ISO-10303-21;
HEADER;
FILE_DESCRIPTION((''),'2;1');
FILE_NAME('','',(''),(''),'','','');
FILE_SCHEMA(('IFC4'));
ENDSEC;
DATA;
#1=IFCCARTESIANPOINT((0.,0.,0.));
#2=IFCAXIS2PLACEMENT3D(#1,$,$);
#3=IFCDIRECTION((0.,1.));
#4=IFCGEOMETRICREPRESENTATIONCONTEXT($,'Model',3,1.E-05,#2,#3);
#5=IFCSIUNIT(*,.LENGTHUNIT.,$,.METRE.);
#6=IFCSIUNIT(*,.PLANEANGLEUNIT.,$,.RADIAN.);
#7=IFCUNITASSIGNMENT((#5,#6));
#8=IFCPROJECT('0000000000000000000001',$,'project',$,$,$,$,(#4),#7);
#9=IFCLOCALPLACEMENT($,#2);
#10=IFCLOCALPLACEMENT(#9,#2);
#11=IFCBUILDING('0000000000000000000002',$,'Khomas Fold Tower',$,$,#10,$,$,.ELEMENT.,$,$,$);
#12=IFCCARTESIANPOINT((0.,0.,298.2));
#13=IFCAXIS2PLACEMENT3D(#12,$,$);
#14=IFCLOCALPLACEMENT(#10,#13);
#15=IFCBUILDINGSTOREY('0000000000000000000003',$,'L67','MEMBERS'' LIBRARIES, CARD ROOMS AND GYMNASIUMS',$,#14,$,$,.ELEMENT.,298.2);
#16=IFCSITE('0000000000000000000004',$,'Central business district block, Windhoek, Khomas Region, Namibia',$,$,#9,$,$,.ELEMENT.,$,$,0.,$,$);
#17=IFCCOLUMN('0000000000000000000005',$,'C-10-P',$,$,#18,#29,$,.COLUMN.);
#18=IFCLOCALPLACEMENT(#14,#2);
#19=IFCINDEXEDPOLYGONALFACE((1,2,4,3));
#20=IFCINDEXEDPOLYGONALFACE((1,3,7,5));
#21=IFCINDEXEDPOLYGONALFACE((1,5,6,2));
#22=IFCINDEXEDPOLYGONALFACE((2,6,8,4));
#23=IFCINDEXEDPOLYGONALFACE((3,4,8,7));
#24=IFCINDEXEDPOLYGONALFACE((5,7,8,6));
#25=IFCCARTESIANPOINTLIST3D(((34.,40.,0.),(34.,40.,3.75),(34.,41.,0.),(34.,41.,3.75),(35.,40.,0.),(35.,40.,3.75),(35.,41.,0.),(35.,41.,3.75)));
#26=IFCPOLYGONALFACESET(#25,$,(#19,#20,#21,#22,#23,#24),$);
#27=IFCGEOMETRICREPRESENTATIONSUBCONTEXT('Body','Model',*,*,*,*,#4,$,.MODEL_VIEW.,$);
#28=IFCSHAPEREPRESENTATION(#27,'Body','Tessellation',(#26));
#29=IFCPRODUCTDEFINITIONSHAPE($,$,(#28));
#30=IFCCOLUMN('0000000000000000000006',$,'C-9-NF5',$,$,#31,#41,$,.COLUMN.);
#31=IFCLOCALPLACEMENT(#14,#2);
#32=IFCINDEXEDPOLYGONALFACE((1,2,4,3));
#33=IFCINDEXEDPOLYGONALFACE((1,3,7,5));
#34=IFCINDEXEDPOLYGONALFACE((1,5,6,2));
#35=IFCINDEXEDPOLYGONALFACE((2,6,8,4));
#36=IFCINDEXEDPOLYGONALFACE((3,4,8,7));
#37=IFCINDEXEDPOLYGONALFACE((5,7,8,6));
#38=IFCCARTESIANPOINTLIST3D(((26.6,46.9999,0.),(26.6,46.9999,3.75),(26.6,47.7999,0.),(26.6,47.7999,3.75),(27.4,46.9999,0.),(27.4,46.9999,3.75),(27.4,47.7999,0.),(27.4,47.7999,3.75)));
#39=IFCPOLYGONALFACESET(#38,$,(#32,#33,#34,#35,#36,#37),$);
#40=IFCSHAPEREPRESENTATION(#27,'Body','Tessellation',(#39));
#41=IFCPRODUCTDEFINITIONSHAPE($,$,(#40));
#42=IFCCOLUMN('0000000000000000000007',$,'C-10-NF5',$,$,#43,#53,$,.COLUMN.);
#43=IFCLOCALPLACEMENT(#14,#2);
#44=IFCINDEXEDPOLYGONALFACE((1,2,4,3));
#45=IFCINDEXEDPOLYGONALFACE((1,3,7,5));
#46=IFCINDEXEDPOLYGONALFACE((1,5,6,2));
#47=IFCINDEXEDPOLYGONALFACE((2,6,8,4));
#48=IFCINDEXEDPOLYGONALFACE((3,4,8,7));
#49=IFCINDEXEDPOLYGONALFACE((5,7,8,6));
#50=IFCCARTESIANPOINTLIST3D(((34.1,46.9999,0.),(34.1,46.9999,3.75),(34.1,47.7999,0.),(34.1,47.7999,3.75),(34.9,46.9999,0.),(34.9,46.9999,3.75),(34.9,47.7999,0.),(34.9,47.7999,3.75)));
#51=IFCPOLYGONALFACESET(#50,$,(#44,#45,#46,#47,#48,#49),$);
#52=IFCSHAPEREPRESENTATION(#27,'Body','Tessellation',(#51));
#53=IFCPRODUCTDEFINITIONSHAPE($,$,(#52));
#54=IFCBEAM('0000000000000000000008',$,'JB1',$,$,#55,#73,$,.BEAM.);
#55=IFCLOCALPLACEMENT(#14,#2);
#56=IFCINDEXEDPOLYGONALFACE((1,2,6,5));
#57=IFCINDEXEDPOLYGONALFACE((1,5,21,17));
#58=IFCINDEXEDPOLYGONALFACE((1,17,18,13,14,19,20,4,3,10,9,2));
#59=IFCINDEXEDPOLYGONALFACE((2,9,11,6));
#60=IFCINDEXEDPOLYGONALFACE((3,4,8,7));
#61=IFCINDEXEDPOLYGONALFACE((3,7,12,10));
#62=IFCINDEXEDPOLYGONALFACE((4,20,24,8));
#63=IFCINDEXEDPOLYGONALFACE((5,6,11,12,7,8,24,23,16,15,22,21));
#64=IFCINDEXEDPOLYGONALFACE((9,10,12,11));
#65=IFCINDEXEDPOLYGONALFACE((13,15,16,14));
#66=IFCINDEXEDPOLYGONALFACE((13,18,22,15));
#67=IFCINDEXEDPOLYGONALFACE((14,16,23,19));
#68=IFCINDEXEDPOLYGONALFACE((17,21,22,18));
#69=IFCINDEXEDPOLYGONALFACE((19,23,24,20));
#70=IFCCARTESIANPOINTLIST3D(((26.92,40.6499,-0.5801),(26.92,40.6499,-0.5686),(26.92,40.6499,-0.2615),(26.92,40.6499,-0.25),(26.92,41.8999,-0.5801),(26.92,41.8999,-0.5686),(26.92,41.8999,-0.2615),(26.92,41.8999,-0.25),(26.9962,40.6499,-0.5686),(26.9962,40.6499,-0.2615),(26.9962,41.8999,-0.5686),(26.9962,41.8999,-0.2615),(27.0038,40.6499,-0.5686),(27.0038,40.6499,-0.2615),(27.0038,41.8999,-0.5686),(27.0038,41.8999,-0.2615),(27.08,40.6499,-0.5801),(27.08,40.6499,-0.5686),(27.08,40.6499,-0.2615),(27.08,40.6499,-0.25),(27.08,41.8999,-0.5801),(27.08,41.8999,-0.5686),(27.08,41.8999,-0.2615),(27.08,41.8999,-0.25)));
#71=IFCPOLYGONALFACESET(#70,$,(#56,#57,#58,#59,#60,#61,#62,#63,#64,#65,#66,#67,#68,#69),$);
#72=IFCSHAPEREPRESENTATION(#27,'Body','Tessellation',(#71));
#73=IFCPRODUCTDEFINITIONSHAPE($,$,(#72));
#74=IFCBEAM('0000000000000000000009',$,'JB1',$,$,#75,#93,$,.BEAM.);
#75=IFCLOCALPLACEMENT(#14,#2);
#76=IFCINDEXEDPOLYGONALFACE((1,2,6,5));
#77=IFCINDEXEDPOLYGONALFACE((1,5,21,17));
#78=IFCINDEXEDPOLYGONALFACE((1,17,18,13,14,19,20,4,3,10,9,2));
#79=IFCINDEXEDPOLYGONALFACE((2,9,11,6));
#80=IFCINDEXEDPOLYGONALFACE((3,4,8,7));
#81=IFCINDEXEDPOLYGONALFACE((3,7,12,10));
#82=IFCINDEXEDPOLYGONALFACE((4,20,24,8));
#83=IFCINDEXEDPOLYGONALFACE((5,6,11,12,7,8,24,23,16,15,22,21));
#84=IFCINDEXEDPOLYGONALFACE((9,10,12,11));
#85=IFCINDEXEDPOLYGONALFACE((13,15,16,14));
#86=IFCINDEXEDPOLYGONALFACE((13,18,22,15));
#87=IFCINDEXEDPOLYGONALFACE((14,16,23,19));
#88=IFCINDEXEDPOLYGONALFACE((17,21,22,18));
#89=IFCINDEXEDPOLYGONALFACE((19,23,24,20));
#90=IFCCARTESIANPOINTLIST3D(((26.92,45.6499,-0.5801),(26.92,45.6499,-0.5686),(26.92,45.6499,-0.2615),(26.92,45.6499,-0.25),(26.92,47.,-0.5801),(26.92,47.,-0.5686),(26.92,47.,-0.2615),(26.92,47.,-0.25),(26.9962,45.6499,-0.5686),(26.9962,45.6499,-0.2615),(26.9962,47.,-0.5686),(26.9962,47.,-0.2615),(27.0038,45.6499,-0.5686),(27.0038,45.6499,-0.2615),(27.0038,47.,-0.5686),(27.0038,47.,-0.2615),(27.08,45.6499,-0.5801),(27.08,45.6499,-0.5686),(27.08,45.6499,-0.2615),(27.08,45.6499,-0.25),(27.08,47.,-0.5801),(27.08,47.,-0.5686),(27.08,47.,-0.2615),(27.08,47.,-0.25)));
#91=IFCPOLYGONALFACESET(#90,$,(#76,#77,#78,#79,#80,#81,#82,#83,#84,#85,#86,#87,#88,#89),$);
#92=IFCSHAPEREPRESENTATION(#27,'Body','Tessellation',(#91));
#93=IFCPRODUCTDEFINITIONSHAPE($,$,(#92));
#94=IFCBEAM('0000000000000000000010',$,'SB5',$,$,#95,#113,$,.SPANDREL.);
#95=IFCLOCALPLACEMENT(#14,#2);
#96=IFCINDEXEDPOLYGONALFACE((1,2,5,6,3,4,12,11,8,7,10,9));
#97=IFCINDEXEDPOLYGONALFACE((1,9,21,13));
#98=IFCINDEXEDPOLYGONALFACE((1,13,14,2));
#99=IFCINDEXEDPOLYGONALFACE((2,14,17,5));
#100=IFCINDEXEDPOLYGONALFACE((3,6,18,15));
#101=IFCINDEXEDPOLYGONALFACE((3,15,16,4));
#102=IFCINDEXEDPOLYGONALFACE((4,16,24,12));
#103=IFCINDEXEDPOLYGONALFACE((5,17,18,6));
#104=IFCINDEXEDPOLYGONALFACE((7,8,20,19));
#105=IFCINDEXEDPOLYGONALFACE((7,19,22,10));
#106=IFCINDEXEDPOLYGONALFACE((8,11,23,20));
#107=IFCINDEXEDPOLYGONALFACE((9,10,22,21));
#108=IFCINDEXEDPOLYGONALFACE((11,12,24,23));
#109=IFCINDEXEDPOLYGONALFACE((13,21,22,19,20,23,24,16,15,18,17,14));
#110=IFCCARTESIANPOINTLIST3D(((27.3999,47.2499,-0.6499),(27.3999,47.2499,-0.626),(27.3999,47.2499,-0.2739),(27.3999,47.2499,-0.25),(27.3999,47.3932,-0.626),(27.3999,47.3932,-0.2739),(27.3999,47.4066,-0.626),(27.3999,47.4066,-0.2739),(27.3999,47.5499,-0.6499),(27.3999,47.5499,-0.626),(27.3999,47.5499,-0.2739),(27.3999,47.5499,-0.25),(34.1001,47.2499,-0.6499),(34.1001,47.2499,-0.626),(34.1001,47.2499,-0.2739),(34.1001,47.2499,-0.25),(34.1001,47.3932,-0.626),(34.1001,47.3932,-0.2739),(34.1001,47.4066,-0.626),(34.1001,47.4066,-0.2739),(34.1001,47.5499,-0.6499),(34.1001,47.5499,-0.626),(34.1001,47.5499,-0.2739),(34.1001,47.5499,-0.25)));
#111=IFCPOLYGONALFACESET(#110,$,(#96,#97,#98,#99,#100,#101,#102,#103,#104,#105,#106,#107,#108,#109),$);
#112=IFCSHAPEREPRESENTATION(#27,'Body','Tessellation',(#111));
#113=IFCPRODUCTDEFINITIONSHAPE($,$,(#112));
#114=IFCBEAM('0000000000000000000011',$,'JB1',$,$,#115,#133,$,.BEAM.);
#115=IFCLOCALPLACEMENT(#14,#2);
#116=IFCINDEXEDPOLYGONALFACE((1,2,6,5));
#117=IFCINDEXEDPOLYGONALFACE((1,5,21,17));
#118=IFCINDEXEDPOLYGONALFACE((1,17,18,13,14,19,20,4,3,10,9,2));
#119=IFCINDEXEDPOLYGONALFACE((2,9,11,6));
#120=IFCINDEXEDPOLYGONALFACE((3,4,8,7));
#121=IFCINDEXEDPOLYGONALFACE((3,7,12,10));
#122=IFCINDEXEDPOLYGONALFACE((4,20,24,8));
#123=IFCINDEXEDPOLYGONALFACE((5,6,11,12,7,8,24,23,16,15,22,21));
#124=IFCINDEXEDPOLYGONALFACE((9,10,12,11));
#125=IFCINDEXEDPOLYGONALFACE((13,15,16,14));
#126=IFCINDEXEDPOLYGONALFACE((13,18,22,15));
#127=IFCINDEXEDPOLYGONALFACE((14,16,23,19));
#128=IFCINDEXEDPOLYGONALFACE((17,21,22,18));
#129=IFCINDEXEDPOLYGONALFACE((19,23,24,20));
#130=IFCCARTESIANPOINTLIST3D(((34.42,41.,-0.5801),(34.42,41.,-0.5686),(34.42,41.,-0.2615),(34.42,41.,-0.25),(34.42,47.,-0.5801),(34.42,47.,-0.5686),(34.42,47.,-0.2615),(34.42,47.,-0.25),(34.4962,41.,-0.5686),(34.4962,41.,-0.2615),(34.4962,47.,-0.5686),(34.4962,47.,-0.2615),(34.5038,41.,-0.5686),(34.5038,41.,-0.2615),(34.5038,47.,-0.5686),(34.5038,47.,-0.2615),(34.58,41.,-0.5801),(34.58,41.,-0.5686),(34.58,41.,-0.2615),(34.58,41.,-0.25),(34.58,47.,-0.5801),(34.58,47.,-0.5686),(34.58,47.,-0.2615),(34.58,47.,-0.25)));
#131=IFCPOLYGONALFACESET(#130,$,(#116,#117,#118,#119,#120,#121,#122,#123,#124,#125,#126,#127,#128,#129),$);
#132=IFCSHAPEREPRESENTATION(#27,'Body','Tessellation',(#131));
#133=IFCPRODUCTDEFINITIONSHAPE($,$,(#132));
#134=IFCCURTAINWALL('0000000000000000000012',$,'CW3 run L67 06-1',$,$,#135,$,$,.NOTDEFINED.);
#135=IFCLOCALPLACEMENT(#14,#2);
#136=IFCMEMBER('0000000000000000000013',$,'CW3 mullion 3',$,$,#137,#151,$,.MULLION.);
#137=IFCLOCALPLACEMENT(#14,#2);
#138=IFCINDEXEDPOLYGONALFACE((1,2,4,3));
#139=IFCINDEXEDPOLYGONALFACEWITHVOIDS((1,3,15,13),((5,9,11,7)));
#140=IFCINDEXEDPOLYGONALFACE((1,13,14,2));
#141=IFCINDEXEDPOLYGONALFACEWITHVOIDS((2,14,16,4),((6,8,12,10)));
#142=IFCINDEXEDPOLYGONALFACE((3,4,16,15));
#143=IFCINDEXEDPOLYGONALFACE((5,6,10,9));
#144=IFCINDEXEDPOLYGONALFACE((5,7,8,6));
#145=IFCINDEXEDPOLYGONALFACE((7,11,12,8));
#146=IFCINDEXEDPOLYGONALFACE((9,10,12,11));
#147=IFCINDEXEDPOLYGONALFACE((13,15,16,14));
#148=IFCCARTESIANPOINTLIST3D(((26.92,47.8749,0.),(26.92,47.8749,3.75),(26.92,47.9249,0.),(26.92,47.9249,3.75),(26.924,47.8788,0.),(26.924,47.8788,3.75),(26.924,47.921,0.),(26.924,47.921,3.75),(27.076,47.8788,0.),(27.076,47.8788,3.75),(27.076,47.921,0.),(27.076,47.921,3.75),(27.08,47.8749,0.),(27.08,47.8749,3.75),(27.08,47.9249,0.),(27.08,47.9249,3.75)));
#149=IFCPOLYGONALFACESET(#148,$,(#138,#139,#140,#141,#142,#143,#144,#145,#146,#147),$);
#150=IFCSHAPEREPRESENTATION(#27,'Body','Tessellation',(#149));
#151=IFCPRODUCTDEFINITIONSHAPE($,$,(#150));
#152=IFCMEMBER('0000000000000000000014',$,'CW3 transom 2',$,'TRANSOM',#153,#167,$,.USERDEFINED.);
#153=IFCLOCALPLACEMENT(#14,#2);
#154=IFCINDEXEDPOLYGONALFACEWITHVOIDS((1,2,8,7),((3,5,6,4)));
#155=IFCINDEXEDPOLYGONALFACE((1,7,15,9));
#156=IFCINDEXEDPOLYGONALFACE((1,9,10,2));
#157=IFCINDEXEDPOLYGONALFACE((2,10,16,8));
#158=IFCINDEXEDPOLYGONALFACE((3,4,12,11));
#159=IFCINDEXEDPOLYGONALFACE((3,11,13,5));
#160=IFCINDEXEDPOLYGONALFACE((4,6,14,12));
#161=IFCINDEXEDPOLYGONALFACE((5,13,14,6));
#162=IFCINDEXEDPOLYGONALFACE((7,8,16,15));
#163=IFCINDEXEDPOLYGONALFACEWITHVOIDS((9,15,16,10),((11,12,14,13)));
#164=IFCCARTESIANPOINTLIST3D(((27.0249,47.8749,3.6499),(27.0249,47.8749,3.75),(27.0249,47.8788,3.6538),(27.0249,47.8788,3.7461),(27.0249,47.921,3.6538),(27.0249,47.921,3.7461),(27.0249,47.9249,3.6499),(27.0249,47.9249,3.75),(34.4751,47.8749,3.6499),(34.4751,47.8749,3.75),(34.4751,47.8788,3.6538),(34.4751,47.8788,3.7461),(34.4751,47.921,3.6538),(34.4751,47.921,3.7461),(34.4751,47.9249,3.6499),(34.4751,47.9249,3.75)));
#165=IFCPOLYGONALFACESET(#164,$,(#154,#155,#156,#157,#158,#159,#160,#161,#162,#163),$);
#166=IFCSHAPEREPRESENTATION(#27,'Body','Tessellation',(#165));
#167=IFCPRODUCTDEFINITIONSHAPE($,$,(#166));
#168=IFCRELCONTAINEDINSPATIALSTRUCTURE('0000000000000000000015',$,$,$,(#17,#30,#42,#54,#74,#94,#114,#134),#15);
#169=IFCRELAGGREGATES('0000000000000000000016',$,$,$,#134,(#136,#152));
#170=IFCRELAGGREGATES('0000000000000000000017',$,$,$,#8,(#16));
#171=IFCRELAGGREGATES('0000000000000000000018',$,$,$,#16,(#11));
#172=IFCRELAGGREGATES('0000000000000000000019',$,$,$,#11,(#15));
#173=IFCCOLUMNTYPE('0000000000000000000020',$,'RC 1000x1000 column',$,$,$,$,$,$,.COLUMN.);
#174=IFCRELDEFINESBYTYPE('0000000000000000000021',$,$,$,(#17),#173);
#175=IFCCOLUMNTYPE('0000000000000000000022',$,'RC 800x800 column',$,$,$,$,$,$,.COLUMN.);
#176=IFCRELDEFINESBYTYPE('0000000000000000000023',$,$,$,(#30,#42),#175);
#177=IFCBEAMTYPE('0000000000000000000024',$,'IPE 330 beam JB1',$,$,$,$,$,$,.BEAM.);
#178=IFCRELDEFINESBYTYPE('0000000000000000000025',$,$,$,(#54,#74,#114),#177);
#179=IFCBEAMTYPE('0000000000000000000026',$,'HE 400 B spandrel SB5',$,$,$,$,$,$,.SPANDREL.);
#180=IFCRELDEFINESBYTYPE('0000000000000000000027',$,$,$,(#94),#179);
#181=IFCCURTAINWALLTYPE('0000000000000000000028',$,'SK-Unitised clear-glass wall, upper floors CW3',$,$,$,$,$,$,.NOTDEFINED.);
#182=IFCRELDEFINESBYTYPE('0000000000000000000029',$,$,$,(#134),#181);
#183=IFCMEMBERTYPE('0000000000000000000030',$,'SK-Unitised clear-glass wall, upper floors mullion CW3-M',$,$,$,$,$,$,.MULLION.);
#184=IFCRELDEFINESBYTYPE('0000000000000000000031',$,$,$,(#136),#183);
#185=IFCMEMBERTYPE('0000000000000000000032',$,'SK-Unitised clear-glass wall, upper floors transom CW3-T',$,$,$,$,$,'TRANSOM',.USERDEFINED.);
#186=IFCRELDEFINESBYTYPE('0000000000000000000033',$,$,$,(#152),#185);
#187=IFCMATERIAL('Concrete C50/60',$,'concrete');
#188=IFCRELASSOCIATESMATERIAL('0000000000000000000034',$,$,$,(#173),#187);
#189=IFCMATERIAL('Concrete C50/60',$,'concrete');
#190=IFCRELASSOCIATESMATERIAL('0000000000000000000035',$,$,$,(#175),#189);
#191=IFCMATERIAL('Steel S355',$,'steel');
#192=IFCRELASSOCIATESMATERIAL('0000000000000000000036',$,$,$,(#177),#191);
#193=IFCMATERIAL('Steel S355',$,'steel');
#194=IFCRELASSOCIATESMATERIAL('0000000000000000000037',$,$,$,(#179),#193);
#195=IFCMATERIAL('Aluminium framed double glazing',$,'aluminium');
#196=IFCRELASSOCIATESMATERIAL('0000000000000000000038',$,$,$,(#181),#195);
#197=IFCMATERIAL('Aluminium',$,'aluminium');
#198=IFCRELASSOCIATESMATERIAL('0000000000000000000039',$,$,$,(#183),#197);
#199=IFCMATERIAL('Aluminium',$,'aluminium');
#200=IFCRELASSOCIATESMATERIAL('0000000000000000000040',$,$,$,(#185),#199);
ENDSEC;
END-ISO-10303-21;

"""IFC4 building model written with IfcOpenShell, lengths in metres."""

from ifc_helpers import new_model, si_unit, direction, frame, origin, origin_2d, place, context, subcontext, project, spatial, rectangle, hollow_rectangle, i_section, extrude, source, transform, mapped, material, material_profile, profile_set, type_object, element, aggregate, save


model = new_model("IFC4")

# Units and contexts
model_context = context("Model", 3, precision=1e-05, world=origin(), true_north=direction((0.0, 1.0)))
body_context = subcontext(model_context, "Body", "Model", "MODEL_VIEW")
ifc_project = project(units=[si_unit("LENGTHUNIT", "METRE"), si_unit("PLANEANGLEUNIT", "RADIAN")], contexts=[model_context])

# Site, building, storey
site_placement = place(None, origin())
site = spatial("IfcSite", under=ifc_project, at=site_placement, Name="Central business district block, Windhoek, Khomas Region, Namibia", CompositionType="ELEMENT", RefElevation=0.0)
building_placement = place(site_placement, origin())
building = spatial("IfcBuilding", under=site, at=building_placement, Name="Khomas Fold Tower", CompositionType="ELEMENT")
storey_placement = place(building_placement, frame((0.0, 0.0, 298.2)))
storey = spatial("IfcBuildingStorey", under=building, at=storey_placement, Name="L67", Description="MEMBERS' LIBRARIES, CARD ROOMS AND GYMNASIUMS", CompositionType="ELEMENT", Elevation=298.2)

# Columns
ifc_material_1 = material(Name="Concrete C50/60", Category="concrete")
ifc_material_profile_1 = material_profile(ifc_material_1, rectangle(XDim=1.0, YDim=1.0, at=origin_2d()), Name="RC 1000x1000")
ifc_profile_set_1 = profile_set([ifc_material_profile_1], Name="Concrete C50/60")
column_type_1 = type_object("IfcColumnType", Name="RC 1000x1000 column", PredefinedType="COLUMN", material=ifc_profile_set_1)
shared_shape_1 = source(origin(), body_context, "Body", "SweptSolid", [
    extrude(rectangle(XDim=1.0, YDim=1.0, at=origin_2d()), origin(), (0.0, 0.0, 1.0), 3.75),
])
column_placement = place(storey_placement, frame((34.5, 40.5, 0.0), z_axis=(0.0, 0.0, 1.0), x_axis=(1.0, 0.0, 0.0)))
element("IfcColumn", 1, at=column_placement, inside=storey, type_object=column_type_1, Name="C-10-P", PredefinedType="COLUMN", context=body_context, shape_type="MappedRepresentation", body=[
    mapped(shared_shape_1, transform((0.0, 0.0, 0.0))),
])
ifc_material_2 = material(Name="Concrete C50/60", Category="concrete")
ifc_material_profile_2 = material_profile(ifc_material_2, rectangle(XDim=0.8, YDim=0.8, at=origin_2d()), Name="RC 800x800")
ifc_profile_set_2 = profile_set([ifc_material_profile_2], Name="Concrete C50/60")
column_type_2 = type_object("IfcColumnType", Name="RC 800x800 column", PredefinedType="COLUMN", material=ifc_profile_set_2)
shared_shape_2 = source(origin(), body_context, "Body", "SweptSolid", [
    extrude(rectangle(XDim=0.8, YDim=0.8, at=origin_2d()), origin(), (0.0, 0.0, 1.0), 3.75),
])
for number, where, z_axis, x_axis, name in (
    (2, (27.0, 47.3999, 0.0), (0.0, 0.0, 1.0), (1.0, 0.0, 0.0), "C-9-NF5"),
    (3, (34.5, 47.3999, 0.0), (0.0, 0.0, 1.0), (1.0, 0.0, 0.0), "C-10-NF5"),
):
    element("IfcColumn", number, at=place(storey_placement, frame(where, z_axis=z_axis, x_axis=x_axis)), inside=storey, type_object=column_type_2, Name=name, PredefinedType="COLUMN", context=body_context, shape_type="MappedRepresentation", body=[
        mapped(shared_shape_2, transform((0.0, 0.0, 0.0))),
    ])

# Beams
ifc_material_3 = material(Name="Steel S355", Category="steel")
ifc_material_profile_3 = material_profile(ifc_material_3, i_section(OverallWidth=0.1599, OverallDepth=0.3301, WebThickness=0.0076, FlangeThickness=0.0115, at=origin_2d()), Name="IPE 330")
ifc_profile_set_3 = profile_set([ifc_material_profile_3], Name="Steel S355")
beam_type_1 = type_object("IfcBeamType", Name="IPE 330 beam JB1", PredefinedType="BEAM", material=ifc_profile_set_3)
shared_shape_3 = source(origin(), body_context, "Body", "SweptSolid", [
    extrude(i_section(OverallWidth=0.1599, OverallDepth=0.3301, WebThickness=0.0076, FlangeThickness=0.0115, at=origin_2d()), origin(), (0.0, 0.0, 1.0), 1.25),
])
beam_1_placement = place(storey_placement, frame((27.0, 40.6499, -0.415), z_axis=(0.0, 1.0, 0.0), x_axis=(-1.0, 0.0, 0.0)))
element("IfcBeam", 4, at=beam_1_placement, inside=storey, type_object=beam_type_1, Name="JB1", PredefinedType="BEAM", context=body_context, shape_type="MappedRepresentation", body=[
    mapped(shared_shape_3, transform((0.0, 0.0, 0.0))),
])
shared_shape_4 = source(origin(), body_context, "Body", "SweptSolid", [
    extrude(i_section(OverallWidth=0.1599, OverallDepth=0.3301, WebThickness=0.0076, FlangeThickness=0.0115, at=origin_2d()), origin(), (0.0, 0.0, 1.0), 1.3501),
])
beam_2_placement = place(storey_placement, frame((27.0, 45.6499, -0.415), z_axis=(0.0, 1.0, 0.0), x_axis=(-1.0, 0.0, 0.0)))
element("IfcBeam", 5, at=beam_2_placement, inside=storey, type_object=beam_type_1, Name="JB1", PredefinedType="BEAM", context=body_context, shape_type="MappedRepresentation", body=[
    mapped(shared_shape_4, transform((0.0, 0.0, 0.0))),
])
ifc_material_4 = material(Name="Steel S355", Category="steel")
ifc_material_profile_4 = material_profile(ifc_material_4, i_section(OverallWidth=0.3, OverallDepth=0.3999, WebThickness=0.0134, FlangeThickness=0.0239, at=origin_2d()), Name="HE 400 B")
ifc_profile_set_4 = profile_set([ifc_material_profile_4], Name="Steel S355")
beam_type_2 = type_object("IfcBeamType", Name="HE 400 B spandrel SB5", PredefinedType="SPANDREL", material=ifc_profile_set_4)
shared_shape_5 = source(origin(), body_context, "Body", "SweptSolid", [
    extrude(i_section(OverallWidth=0.3, OverallDepth=0.3999, WebThickness=0.0134, FlangeThickness=0.0239, at=origin_2d()), origin(), (0.0, 0.0, 1.0), 6.7002),
])
beam_3_placement = place(storey_placement, frame((27.3999, 47.3999, -0.45), z_axis=(1.0, 0.0, 0.0), x_axis=(0.0, 1.0, 0.0)))
element("IfcBeam", 6, at=beam_3_placement, inside=storey, type_object=beam_type_2, Name="SB5", PredefinedType="SPANDREL", context=body_context, shape_type="MappedRepresentation", body=[
    mapped(shared_shape_5, transform((0.0, 0.0, 0.0))),
])
shared_shape_6 = source(origin(), body_context, "Body", "SweptSolid", [
    extrude(i_section(OverallWidth=0.1599, OverallDepth=0.3301, WebThickness=0.0076, FlangeThickness=0.0115, at=origin_2d()), origin(), (0.0, 0.0, 1.0), 6.0),
])
beam_4_placement = place(storey_placement, frame((34.5, 41.0, -0.415), z_axis=(0.0, 1.0, 0.0), x_axis=(-1.0, 0.0, 0.0)))
element("IfcBeam", 7, at=beam_4_placement, inside=storey, type_object=beam_type_1, Name="JB1", PredefinedType="BEAM", context=body_context, shape_type="MappedRepresentation", body=[
    mapped(shared_shape_6, transform((0.0, 0.0, 0.0))),
])

# Curtain wall, members
ifc_material_5 = material(Name="Aluminium framed double glazing", Category="aluminium")
curtain_wall_type = type_object("IfcCurtainWallType", Name="SK-Unitised clear-glass wall, upper floors CW3", PredefinedType="NOTDEFINED", material=ifc_material_5)
curtain_wall_placement = place(storey_placement, origin())
curtain_wall = element("IfcCurtainWall", 8, at=curtain_wall_placement, inside=storey, type_object=curtain_wall_type, Name="CW3 run L67 06-1", PredefinedType="NOTDEFINED")
ifc_material_6 = material(Name="Aluminium", Category="aluminium")
ifc_material_profile_5 = material_profile(ifc_material_6, hollow_rectangle(XDim=0.05, YDim=0.1599, WallThickness=0.0039, at=origin_2d()), Name="SK-Unitised clear-glass wall, upper floors mullion CW3-M")
ifc_profile_set_5 = profile_set([ifc_material_profile_5], Name="Aluminium")
member_type_1 = type_object("IfcMemberType", Name="SK-Unitised clear-glass wall, upper floors mullion CW3-M", PredefinedType="MULLION", material=ifc_profile_set_5)
shared_shape_7 = source(origin(), body_context, "Body", "SweptSolid", [
    extrude(hollow_rectangle(XDim=0.05, YDim=0.1599, WallThickness=0.0039, at=origin_2d()), origin(), (0.0, 0.0, 1.0), 3.75),
])
member_1_placement = place(storey_placement, frame((27.0, 47.8999, 0.0), z_axis=(0.0, 0.0, 1.0), x_axis=(0.0, -1.0, 0.0)))
member_1 = element("IfcMember", 9, at=member_1_placement, type_object=member_type_1, Name="CW3 mullion 3", PredefinedType="MULLION", context=body_context, shape_type="MappedRepresentation", body=[
    mapped(shared_shape_7, transform((0.0, 0.0, 0.0))),
])
ifc_material_7 = material(Name="Aluminium", Category="aluminium")
ifc_material_profile_6 = material_profile(ifc_material_7, hollow_rectangle(XDim=0.05, YDim=0.1001, WallThickness=0.0039, at=origin_2d()), Name="SK-Unitised clear-glass wall, upper floors transom CW3-T")
ifc_profile_set_6 = profile_set([ifc_material_profile_6], Name="Aluminium")
member_type_2 = type_object("IfcMemberType", Name="SK-Unitised clear-glass wall, upper floors transom CW3-T", ElementType="TRANSOM", PredefinedType="USERDEFINED", material=ifc_profile_set_6)
shared_shape_8 = source(origin(), body_context, "Body", "SweptSolid", [
    extrude(hollow_rectangle(XDim=0.05, YDim=0.1001, WallThickness=0.0039, at=origin_2d()), origin(), (0.0, 0.0, 1.0), 7.4502),
])
member_2_placement = place(storey_placement, frame((34.4751, 47.8999, 3.7), z_axis=(-1.0, 0.0, 0.0), x_axis=(0.0, -1.0, 0.0)))
member_2 = element("IfcMember", 10, at=member_2_placement, type_object=member_type_2, Name="CW3 transom 2", ObjectType="TRANSOM", PredefinedType="USERDEFINED", context=body_context, shape_type="MappedRepresentation", body=[
    mapped(shared_shape_8, transform((0.0, 0.0, 0.0))),
])
aggregate(curtain_wall, [member_1, member_2])

save(model, "model.ifc")
